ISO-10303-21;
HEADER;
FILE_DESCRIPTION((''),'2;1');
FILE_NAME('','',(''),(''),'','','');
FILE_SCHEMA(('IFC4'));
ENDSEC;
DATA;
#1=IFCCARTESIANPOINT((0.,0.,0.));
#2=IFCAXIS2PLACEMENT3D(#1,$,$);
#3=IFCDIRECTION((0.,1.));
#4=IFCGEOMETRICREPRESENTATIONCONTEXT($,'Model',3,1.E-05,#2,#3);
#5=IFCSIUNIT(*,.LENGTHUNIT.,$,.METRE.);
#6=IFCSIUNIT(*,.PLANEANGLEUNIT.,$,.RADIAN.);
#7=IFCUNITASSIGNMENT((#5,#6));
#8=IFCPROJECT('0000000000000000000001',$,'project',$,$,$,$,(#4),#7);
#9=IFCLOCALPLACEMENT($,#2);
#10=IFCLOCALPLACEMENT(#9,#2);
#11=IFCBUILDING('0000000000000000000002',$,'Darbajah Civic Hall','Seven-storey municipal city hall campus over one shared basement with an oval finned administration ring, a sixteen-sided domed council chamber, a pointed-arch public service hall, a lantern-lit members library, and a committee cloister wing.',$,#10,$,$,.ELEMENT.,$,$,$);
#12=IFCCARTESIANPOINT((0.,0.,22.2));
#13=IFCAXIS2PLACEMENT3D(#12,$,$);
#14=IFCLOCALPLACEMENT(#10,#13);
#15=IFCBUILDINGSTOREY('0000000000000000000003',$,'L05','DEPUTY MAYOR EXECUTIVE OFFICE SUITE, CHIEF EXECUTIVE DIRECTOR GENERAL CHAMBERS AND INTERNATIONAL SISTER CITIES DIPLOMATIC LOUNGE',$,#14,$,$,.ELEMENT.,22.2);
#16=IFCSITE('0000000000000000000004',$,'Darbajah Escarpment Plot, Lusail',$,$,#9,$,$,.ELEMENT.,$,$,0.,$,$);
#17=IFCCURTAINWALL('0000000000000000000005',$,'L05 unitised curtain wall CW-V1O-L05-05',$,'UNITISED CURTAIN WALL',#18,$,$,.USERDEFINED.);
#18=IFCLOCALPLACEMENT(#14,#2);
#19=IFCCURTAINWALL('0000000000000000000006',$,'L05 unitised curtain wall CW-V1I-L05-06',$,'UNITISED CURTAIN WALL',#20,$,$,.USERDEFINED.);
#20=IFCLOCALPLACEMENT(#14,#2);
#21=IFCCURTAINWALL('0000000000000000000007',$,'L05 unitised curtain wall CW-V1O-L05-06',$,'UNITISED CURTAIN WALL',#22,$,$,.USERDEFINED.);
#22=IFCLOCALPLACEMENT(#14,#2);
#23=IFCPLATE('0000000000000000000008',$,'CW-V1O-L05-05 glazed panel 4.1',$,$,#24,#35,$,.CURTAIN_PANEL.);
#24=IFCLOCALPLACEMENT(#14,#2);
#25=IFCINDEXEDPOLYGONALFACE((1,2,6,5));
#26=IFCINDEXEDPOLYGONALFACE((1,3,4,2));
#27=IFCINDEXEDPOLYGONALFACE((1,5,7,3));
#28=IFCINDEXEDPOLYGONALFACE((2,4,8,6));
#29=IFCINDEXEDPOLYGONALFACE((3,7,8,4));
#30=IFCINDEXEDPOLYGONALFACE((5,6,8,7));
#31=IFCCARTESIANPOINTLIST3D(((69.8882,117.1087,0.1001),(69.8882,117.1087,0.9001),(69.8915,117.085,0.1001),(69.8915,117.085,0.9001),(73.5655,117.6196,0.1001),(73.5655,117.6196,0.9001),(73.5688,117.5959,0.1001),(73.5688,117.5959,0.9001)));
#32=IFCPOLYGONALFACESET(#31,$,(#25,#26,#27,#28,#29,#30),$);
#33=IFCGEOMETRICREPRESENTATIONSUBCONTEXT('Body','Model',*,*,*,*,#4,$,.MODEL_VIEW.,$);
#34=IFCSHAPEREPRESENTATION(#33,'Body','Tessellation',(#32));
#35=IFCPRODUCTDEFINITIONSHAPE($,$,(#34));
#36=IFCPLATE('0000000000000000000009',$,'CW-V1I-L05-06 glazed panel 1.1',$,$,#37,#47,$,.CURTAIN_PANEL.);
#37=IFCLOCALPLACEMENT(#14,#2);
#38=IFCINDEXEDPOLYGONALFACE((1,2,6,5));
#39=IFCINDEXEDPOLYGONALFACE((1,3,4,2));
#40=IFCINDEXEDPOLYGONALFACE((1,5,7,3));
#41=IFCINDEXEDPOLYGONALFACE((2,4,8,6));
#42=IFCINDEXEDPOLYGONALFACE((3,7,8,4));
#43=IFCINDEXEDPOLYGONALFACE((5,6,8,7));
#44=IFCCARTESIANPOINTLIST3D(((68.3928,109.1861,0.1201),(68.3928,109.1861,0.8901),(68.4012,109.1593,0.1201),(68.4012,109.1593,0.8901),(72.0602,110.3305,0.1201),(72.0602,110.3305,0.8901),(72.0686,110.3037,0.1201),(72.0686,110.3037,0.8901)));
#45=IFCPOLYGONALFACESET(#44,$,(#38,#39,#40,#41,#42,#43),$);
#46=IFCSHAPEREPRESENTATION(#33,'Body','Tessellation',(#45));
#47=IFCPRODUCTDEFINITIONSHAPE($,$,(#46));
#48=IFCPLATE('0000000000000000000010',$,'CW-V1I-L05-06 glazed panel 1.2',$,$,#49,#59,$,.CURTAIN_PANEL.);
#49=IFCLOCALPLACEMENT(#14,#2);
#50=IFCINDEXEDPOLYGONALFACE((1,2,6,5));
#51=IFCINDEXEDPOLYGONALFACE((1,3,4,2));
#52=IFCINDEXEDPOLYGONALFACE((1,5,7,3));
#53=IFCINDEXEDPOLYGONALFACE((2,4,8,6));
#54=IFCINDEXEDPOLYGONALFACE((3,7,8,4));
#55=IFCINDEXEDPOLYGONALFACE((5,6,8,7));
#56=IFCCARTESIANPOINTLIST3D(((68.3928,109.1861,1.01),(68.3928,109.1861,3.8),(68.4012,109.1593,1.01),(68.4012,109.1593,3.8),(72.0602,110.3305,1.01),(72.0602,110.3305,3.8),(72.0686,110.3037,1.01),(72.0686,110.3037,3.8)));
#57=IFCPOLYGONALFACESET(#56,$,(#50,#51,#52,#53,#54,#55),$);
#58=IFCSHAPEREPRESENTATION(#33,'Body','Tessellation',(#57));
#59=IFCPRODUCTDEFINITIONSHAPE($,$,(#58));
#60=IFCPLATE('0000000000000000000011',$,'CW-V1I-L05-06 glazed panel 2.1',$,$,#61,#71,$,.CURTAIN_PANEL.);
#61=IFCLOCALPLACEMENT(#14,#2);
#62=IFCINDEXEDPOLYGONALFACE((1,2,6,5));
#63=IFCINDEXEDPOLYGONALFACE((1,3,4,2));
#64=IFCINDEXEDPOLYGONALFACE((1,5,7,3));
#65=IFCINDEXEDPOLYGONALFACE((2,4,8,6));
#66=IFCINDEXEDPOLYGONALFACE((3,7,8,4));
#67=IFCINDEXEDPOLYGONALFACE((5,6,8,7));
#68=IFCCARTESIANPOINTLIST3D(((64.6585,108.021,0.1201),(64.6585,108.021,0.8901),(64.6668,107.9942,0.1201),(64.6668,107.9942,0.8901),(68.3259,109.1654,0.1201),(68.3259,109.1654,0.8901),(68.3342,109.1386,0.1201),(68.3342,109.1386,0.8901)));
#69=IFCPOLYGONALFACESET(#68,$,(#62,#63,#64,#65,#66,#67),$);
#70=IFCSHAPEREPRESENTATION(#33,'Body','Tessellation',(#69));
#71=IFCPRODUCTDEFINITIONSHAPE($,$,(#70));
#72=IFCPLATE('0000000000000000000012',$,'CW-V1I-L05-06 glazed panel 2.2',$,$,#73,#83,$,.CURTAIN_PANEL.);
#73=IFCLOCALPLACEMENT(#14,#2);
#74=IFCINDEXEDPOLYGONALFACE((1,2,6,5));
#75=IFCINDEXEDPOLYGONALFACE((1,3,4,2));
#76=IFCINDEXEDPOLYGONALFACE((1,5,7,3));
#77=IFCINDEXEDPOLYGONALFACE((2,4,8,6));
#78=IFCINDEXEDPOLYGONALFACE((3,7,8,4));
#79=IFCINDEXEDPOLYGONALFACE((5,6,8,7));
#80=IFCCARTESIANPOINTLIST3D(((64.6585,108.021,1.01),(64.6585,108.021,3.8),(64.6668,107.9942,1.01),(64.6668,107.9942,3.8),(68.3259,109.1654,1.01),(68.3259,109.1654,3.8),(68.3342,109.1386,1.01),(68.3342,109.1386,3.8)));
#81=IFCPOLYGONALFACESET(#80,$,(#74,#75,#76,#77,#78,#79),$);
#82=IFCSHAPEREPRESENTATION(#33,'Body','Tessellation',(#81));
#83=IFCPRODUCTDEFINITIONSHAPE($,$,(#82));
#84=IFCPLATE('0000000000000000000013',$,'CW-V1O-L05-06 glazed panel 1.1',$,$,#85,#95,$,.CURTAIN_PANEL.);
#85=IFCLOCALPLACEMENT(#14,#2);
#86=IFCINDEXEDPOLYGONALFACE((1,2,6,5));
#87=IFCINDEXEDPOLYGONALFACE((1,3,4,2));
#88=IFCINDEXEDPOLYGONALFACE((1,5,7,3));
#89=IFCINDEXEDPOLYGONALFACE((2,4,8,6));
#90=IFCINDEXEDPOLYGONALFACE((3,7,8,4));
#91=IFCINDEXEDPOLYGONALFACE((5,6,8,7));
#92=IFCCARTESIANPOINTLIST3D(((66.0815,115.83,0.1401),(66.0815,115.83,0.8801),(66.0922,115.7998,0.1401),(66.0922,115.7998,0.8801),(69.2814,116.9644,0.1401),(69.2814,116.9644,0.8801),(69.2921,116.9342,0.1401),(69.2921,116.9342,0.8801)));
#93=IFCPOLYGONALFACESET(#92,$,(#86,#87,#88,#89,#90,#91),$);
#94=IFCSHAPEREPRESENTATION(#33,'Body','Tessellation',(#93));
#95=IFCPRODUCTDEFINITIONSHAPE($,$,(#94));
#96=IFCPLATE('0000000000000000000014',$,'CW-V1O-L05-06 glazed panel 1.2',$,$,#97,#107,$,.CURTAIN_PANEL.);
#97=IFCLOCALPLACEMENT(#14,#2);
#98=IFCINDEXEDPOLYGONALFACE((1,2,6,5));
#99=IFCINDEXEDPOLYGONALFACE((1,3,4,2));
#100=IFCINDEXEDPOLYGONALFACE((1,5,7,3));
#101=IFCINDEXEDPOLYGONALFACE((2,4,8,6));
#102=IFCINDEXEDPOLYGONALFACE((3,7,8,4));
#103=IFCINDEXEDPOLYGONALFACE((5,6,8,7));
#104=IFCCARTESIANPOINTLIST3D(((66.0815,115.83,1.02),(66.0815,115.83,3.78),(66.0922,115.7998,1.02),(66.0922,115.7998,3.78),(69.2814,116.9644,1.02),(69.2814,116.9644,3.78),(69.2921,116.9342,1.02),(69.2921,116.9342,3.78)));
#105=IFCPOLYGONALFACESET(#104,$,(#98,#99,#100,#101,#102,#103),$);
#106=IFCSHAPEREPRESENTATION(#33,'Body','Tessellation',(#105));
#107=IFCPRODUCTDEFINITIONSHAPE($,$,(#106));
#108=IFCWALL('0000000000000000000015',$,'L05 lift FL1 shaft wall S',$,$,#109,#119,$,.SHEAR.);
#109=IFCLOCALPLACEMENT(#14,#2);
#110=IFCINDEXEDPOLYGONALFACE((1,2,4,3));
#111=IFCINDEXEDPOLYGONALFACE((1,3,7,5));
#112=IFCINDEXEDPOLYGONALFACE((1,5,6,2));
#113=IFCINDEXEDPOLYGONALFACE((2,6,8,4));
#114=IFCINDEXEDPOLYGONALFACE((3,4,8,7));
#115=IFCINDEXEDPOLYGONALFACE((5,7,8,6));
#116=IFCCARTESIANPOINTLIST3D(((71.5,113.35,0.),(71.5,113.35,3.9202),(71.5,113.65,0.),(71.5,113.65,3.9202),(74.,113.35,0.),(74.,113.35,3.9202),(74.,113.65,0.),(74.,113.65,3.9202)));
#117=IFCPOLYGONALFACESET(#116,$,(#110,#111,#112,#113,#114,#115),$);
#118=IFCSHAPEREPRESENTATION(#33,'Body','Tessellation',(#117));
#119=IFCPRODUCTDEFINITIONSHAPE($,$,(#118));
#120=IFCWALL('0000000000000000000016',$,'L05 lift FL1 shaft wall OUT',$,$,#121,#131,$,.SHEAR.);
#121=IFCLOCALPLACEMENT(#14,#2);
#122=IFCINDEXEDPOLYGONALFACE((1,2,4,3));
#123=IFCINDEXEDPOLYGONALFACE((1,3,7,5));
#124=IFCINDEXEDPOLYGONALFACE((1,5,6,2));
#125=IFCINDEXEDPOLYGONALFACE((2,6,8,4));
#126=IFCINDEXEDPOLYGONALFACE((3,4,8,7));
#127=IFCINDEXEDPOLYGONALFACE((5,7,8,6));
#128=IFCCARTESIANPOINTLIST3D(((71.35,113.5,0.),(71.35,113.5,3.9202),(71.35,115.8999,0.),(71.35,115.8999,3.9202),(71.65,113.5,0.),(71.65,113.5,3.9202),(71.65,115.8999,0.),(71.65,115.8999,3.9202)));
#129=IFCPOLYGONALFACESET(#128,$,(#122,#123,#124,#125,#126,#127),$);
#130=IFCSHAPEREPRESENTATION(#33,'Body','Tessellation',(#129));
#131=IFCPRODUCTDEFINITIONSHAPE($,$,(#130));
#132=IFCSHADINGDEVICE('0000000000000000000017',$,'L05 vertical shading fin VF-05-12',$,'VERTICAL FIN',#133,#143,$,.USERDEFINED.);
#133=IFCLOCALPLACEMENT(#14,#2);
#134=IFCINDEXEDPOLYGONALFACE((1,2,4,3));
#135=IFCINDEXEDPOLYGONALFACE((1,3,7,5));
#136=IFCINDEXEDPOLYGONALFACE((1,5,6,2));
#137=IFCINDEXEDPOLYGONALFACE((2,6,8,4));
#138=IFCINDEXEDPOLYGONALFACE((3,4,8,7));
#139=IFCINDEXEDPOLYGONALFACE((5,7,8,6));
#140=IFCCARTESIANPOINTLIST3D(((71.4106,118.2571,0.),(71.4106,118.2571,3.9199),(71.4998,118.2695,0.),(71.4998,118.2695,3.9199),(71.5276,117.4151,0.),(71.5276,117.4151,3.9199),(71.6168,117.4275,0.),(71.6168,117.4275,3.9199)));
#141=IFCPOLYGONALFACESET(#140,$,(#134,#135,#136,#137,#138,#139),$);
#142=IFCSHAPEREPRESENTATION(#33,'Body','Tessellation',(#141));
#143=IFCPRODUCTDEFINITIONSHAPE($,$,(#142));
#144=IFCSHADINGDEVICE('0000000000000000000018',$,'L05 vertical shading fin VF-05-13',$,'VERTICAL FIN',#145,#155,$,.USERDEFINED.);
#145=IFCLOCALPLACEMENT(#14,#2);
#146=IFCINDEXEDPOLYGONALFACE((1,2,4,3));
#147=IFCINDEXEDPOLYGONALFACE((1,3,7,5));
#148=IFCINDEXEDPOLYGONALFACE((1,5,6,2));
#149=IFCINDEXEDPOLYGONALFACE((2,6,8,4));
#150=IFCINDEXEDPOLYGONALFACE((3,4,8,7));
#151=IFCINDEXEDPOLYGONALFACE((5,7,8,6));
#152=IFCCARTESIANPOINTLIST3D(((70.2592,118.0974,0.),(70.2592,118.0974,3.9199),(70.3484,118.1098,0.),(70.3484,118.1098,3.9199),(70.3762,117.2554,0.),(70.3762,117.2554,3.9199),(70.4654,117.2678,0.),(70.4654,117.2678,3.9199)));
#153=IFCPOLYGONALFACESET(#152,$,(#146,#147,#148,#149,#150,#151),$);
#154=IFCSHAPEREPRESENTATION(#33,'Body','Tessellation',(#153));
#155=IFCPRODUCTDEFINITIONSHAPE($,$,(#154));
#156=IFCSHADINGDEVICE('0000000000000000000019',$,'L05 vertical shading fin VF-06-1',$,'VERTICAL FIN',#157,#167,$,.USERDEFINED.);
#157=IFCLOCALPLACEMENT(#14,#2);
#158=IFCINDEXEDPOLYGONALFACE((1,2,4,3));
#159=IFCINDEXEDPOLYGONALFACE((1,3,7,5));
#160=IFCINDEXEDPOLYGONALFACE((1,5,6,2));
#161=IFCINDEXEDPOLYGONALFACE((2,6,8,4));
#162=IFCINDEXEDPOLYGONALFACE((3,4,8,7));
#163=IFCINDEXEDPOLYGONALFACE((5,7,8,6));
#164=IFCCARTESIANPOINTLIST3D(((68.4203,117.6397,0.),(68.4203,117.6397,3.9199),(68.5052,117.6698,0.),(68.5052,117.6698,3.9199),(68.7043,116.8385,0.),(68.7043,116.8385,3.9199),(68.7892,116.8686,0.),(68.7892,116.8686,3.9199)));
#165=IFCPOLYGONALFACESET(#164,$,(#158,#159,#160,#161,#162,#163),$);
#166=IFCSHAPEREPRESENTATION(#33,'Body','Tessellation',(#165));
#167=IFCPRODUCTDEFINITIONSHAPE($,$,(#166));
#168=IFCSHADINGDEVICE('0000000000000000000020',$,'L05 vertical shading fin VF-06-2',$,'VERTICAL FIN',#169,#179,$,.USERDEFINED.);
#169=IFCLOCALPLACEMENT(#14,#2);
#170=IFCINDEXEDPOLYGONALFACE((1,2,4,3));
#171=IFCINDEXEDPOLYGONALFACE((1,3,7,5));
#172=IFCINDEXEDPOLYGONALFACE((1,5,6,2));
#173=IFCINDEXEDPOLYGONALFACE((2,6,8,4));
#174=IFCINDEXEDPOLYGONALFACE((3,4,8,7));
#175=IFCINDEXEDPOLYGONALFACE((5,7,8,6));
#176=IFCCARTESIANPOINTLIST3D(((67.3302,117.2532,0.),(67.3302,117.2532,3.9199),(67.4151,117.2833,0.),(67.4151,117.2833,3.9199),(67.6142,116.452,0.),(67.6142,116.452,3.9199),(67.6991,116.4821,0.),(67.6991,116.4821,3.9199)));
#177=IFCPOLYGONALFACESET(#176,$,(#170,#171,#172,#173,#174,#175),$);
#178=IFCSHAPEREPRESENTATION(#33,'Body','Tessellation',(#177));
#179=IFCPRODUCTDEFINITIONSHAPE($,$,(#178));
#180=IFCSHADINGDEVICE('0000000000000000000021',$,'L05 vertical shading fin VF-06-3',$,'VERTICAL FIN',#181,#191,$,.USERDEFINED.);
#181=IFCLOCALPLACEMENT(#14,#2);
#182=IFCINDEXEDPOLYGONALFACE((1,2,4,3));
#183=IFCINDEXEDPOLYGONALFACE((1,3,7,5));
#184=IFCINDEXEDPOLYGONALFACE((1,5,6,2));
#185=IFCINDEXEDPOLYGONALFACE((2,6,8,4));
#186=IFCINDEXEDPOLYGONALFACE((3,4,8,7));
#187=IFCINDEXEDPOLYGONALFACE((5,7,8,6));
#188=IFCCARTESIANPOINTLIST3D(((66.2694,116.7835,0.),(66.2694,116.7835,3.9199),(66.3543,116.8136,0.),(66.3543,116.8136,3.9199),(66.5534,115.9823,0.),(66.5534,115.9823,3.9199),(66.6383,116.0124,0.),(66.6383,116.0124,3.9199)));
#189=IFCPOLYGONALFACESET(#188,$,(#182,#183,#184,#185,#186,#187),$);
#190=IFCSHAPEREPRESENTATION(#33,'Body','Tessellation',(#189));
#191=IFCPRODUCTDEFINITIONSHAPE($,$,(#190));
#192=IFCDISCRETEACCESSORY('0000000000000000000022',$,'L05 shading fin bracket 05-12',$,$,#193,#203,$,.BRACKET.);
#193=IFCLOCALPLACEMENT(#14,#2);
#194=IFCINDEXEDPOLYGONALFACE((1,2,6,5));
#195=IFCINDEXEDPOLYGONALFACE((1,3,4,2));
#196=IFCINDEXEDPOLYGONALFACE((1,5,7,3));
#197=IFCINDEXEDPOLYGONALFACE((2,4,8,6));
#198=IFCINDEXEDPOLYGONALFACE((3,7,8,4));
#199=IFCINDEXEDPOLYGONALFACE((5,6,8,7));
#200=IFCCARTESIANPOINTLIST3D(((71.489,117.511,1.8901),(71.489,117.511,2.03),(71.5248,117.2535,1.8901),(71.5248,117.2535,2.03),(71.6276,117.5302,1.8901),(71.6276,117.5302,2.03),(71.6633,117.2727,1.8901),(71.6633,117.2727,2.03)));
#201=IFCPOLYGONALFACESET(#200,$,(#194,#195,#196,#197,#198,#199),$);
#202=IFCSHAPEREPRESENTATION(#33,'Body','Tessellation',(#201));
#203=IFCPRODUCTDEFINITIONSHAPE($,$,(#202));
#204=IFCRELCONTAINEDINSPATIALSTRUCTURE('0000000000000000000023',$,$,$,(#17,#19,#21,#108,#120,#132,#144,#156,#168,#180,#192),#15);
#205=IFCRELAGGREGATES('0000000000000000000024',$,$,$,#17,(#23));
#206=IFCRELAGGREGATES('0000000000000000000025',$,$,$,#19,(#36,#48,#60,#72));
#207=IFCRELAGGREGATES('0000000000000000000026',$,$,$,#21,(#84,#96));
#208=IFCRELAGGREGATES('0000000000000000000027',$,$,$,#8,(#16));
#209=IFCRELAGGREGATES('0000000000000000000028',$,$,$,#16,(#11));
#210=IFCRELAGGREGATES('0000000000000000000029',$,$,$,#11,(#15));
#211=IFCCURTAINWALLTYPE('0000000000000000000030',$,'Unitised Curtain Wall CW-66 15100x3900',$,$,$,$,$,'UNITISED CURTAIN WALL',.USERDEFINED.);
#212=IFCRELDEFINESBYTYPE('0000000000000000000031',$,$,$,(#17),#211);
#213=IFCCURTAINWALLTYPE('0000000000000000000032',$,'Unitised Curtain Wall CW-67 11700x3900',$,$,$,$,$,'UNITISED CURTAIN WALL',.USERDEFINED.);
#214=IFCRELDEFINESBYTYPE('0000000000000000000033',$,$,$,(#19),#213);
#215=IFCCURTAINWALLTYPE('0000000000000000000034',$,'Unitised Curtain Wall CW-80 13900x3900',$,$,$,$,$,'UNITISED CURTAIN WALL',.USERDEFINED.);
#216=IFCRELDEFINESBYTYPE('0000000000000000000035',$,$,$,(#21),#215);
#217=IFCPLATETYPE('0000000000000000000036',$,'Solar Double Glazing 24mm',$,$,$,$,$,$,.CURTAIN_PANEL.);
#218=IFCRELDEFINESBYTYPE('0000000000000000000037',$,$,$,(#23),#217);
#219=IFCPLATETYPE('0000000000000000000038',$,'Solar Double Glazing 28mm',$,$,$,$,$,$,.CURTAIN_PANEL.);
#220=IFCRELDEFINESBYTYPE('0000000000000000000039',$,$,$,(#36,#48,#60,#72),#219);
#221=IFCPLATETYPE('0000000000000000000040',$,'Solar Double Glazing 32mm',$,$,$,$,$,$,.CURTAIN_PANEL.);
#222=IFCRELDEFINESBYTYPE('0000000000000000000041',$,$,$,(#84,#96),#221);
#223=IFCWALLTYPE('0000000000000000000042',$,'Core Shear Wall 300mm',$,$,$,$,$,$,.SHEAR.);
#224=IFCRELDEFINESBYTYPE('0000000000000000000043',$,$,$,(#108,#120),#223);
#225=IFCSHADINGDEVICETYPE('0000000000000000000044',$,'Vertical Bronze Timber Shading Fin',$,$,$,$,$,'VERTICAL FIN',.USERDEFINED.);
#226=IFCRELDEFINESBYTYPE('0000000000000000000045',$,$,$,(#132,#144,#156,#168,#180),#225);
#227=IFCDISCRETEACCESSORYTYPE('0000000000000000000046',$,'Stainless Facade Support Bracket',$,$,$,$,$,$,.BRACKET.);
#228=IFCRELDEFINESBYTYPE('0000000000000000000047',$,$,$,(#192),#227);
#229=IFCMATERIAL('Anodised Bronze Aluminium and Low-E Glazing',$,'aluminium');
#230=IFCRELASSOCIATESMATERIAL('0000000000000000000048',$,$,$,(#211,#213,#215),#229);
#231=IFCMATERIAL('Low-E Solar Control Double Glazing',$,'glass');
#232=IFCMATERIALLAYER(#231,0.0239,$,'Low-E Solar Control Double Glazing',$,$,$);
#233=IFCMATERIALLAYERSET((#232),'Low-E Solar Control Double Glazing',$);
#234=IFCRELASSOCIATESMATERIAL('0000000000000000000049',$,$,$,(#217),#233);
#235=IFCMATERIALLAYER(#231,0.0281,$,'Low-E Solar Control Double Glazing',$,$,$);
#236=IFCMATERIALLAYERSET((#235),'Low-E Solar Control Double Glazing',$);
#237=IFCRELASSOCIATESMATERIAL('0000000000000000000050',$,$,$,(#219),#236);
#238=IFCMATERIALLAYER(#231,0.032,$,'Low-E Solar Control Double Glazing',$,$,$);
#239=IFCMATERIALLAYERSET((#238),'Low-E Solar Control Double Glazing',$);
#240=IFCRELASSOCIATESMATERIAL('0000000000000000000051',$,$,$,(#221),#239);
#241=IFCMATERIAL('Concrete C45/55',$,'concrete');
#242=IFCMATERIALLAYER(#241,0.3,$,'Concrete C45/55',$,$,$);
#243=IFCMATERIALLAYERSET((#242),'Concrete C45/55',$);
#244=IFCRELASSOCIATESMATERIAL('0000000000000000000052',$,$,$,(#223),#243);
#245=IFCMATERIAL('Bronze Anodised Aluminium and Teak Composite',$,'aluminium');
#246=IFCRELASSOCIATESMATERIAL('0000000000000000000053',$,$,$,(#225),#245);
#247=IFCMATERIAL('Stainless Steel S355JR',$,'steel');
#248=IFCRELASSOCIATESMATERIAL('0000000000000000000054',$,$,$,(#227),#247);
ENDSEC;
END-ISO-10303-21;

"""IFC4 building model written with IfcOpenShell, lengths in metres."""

from ifc_helpers import new_model, si_unit, direction, frame, frame_2d, origin, origin_2d, place, context, subcontext, project, spatial, rectangle, extrude, material, layer, layer_set, type_object, element, aggregate, save


model = new_model("IFC4")

# Units and contexts
model_context = context("Model", 3, precision=1e-05, world=origin(), true_north=direction((0.0, 1.0)))
body_context = subcontext(model_context, "Body", "Model", "MODEL_VIEW")
ifc_project = project(units=[si_unit("LENGTHUNIT", "METRE"), si_unit("PLANEANGLEUNIT", "RADIAN")], contexts=[model_context])

# Site, building, storey
site_placement = place(None, origin())
site = spatial("IfcSite", under=ifc_project, at=site_placement, Name="Darbajah Escarpment Plot, Lusail", CompositionType="ELEMENT", RefElevation=0.0)
building_placement = place(site_placement, origin())
building = spatial("IfcBuilding", under=site, at=building_placement, Name="Darbajah Civic Hall", Description="Seven-storey municipal city hall campus over one shared basement with an oval finned administration ring, a sixteen-sided domed council chamber, a pointed-arch public service hall, a lantern-lit members library, and a committee cloister wing.", CompositionType="ELEMENT")
storey_placement = place(building_placement, frame((0.0, 0.0, 22.2)))
storey = spatial("IfcBuildingStorey", under=building, at=storey_placement, Name="L05", Description="DEPUTY MAYOR EXECUTIVE OFFICE SUITE, CHIEF EXECUTIVE DIRECTOR GENERAL CHAMBERS AND INTERNATIONAL SISTER CITIES DIPLOMATIC LOUNGE", CompositionType="ELEMENT", Elevation=22.2)

# Shared definitions
ifc_material_1 = material(Name="Concrete C45/55", Category="concrete")

# Curtain walls
ifc_material_2 = material(Name="Anodised Bronze Aluminium and Low-E Glazing", Category="aluminium")
curtain_wall_type_1 = type_object("IfcCurtainWallType", Name="Unitised Curtain Wall CW-66 15100x3900", ElementType="UNITISED CURTAIN WALL", PredefinedType="USERDEFINED", material=ifc_material_2)
curtain_wall_1_placement = place(storey_placement, origin())
curtain_wall_1 = element("IfcCurtainWall", 1, at=curtain_wall_1_placement, inside=storey, type_object=curtain_wall_type_1, Name="L05 unitised curtain wall CW-V1O-L05-05", ObjectType="UNITISED CURTAIN WALL", PredefinedType="USERDEFINED")
curtain_wall_type_2 = type_object("IfcCurtainWallType", Name="Unitised Curtain Wall CW-67 11700x3900", ElementType="UNITISED CURTAIN WALL", PredefinedType="USERDEFINED", material=ifc_material_2)
curtain_wall_2_placement = place(storey_placement, origin())
curtain_wall_2 = element("IfcCurtainWall", 2, at=curtain_wall_2_placement, inside=storey, type_object=curtain_wall_type_2, Name="L05 unitised curtain wall CW-V1I-L05-06", ObjectType="UNITISED CURTAIN WALL", PredefinedType="USERDEFINED")

# Curtain wall
curtain_wall_type_3 = type_object("IfcCurtainWallType", Name="Unitised Curtain Wall CW-80 13900x3900", ElementType="UNITISED CURTAIN WALL", PredefinedType="USERDEFINED", material=ifc_material_2)
curtain_wall_3_placement = place(storey_placement, origin())
curtain_wall_3 = element("IfcCurtainWall", 3, at=curtain_wall_3_placement, inside=storey, type_object=curtain_wall_type_3, Name="L05 unitised curtain wall CW-V1O-L05-06", ObjectType="UNITISED CURTAIN WALL", PredefinedType="USERDEFINED")

# Plates
ifc_material_3 = material(Name="Low-E Solar Control Double Glazing", Category="glass")
ifc_layer_1 = layer(ifc_material_3, 0.0239, Name="Low-E Solar Control Double Glazing")
ifc_layer_set_1 = layer_set([ifc_layer_1], Name="Low-E Solar Control Double Glazing")
plate_type_1 = type_object("IfcPlateType", Name="Solar Double Glazing 24mm", PredefinedType="CURTAIN_PANEL", material=ifc_layer_set_1)
plate_1_placement = place(storey_placement, frame((71.7285, 117.3523, 0.1001), z_axis=(0.0, 0.0, 1.0), x_axis=(-0.990485, -0.137617, 0.0)))
plate_1 = element("IfcPlate", 4, at=plate_1_placement, type_object=plate_type_1, Name="CW-V1O-L05-05 glazed panel 4.1", PredefinedType="CURTAIN_PANEL", context=body_context, shape_type="SweptSolid", body=[
    extrude(rectangle(XDim=3.7126, YDim=0.0239, at=origin_2d()), origin(), (0.0, 0.0, 1.0), 0.8),
])
aggregate(curtain_wall_1, [plate_1])
ifc_layer_2 = layer(ifc_material_3, 0.0281, Name="Low-E Solar Control Double Glazing")
ifc_layer_set_2 = layer_set([ifc_layer_2], Name="Low-E Solar Control Double Glazing")
plate_type_2 = type_object("IfcPlateType", Name="Solar Double Glazing 28mm", PredefinedType="CURTAIN_PANEL", material=ifc_layer_set_2)
plate_2_placement = place(storey_placement, frame((70.2307, 109.7449, 0.1201), z_axis=(0.0, 0.0, 1.0), x_axis=(-0.954605, -0.297875, 0.0)))
plate_2 = element("IfcPlate", 5, at=plate_2_placement, type_object=plate_type_2, Name="CW-V1I-L05-06 glazed panel 1.1", PredefinedType="CURTAIN_PANEL", context=body_context, shape_type="SweptSolid", body=[
    extrude(rectangle(XDim=3.8418, YDim=0.0281, at=origin_2d()), origin(), (0.0, 0.0, 1.0), 0.77),
])
plate_3_placement = place(storey_placement, frame((70.2307, 109.7449, 1.01), z_axis=(0.0, 0.0, 1.0), x_axis=(-0.954605, -0.297875, 0.0)))
plate_3 = element("IfcPlate", 6, at=plate_3_placement, type_object=plate_type_2, Name="CW-V1I-L05-06 glazed panel 1.2", PredefinedType="CURTAIN_PANEL", context=body_context, shape_type="SweptSolid", body=[
    extrude(rectangle(XDim=3.8418, YDim=0.0281, at=origin_2d()), origin(), (0.0, 0.0, 1.0), 2.79),
])
plate_4_placement = place(storey_placement, frame((66.4963, 108.5798, 0.1201), z_axis=(0.0, 0.0, 1.0), x_axis=(-0.954605, -0.297875, 0.0)))
plate_4 = element("IfcPlate", 7, at=plate_4_placement, type_object=plate_type_2, Name="CW-V1I-L05-06 glazed panel 2.1", PredefinedType="CURTAIN_PANEL", context=body_context, shape_type="SweptSolid", body=[
    extrude(rectangle(XDim=3.8418, YDim=0.0281, at=origin_2d()), origin(), (0.0, 0.0, 1.0), 0.77),
])
plate_5_placement = place(storey_placement, frame((66.4963, 108.5798, 1.01), z_axis=(0.0, 0.0, 1.0), x_axis=(-0.954605, -0.297875, 0.0)))
plate_5 = element("IfcPlate", 8, at=plate_5_placement, type_object=plate_type_2, Name="CW-V1I-L05-06 glazed panel 2.2", PredefinedType="CURTAIN_PANEL", context=body_context, shape_type="SweptSolid", body=[
    extrude(rectangle(XDim=3.8418, YDim=0.0281, at=origin_2d()), origin(), (0.0, 0.0, 1.0), 2.79),
])
aggregate(curtain_wall_2, [plate_2, plate_3, plate_4, plate_5])
ifc_layer_3 = layer(ifc_material_3, 0.032, Name="Low-E Solar Control Double Glazing")
ifc_layer_set_3 = layer_set([ifc_layer_3], Name="Low-E Solar Control Double Glazing")
plate_type_3 = type_object("IfcPlateType", Name="Solar Double Glazing 32mm", PredefinedType="CURTAIN_PANEL", material=ifc_layer_set_3)
plate_6_placement = place(storey_placement, frame((67.6868, 116.3821, 0.1401), z_axis=(0.0, 0.0, 1.0), x_axis=(-0.942525, -0.334136, 0.0)))
plate_6 = element("IfcPlate", 9, at=plate_6_placement, type_object=plate_type_3, Name="CW-V1O-L05-06 glazed panel 1.1", PredefinedType="CURTAIN_PANEL", context=body_context, shape_type="SweptSolid", body=[
    extrude(rectangle(XDim=3.395, YDim=0.032, at=origin_2d()), origin(), (0.0, 0.0, 1.0), 0.74),
])
plate_7_placement = place(storey_placement, frame((67.6868, 116.3821, 1.02), z_axis=(0.0, 0.0, 1.0), x_axis=(-0.942525, -0.334136, 0.0)))
plate_7 = element("IfcPlate", 10, at=plate_7_placement, type_object=plate_type_3, Name="CW-V1O-L05-06 glazed panel 1.2", PredefinedType="CURTAIN_PANEL", context=body_context, shape_type="SweptSolid", body=[
    extrude(rectangle(XDim=3.395, YDim=0.032, at=origin_2d()), origin(), (0.0, 0.0, 1.0), 2.76),
])
aggregate(curtain_wall_3, [plate_6, plate_7])

# Walls
ifc_layer_4 = layer(ifc_material_1, 0.3, Name="Concrete C45/55")
ifc_layer_set_4 = layer_set([ifc_layer_4], Name="Concrete C45/55")
wall_type = type_object("IfcWallType", Name="Core Shear Wall 300mm", PredefinedType="SHEAR", material=ifc_layer_set_4)
wall_1_placement = place(storey_placement, frame((71.5, 113.5, 0.0), z_axis=(0.0, 0.0, 1.0), x_axis=(1.0, 0.0, 0.0)))
element("IfcWall", 11, at=wall_1_placement, inside=storey, type_object=wall_type, Name="L05 lift FL1 shaft wall S", PredefinedType="SHEAR", context=body_context, shape_type="SweptSolid", body=[
    extrude(rectangle(XDim=2.5, YDim=0.3, at=frame_2d((1.25, 0.0))), origin(), (0.0, 0.0, 1.0), 3.9202),
])
wall_2_placement = place(storey_placement, frame((71.5, 115.8999, 0.0), z_axis=(0.0, 0.0, 1.0), x_axis=(0.0, -1.0, 0.0)))
element("IfcWall", 12, at=wall_2_placement, inside=storey, type_object=wall_type, Name="L05 lift FL1 shaft wall OUT", PredefinedType="SHEAR", context=body_context, shape_type="SweptSolid", body=[
    extrude(rectangle(XDim=2.3999, YDim=0.3, at=frame_2d((1.2, 0.0))), origin(), (0.0, 0.0, 1.0), 3.9202),
])

# Shading devices
ifc_material_4 = material(Name="Bronze Anodised Aluminium and Teak Composite", Category="aluminium")
shading_device_type = type_object("IfcShadingDeviceType", Name="Vertical Bronze Timber Shading Fin", ElementType="VERTICAL FIN", PredefinedType="USERDEFINED", material=ifc_material_4)
for number, where, z_axis, x_axis, name in (
    (13, (71.5137, 117.8423, 0.0), (0.0, 0.0, 1.0), (-0.137617, 0.990485, 0.0), "L05 vertical shading fin VF-05-12"),
    (14, (70.3623, 117.6826, 0.0), (0.0, 0.0, 1.0), (-0.137617, 0.990485, 0.0), "L05 vertical shading fin VF-05-13"),
    (15, (68.6047, 117.2542, 0.0), (0.0, 0.0, 1.0), (-0.334136, 0.942525, 0.0), "L05 vertical shading fin VF-06-1"),
    (16, (67.5146, 116.8677, 0.0), (0.0, 0.0, 1.0), (-0.334136, 0.942525, 0.0), "L05 vertical shading fin VF-06-2"),
    (17, (66.4539, 116.3979, 0.0), (0.0, 0.0, 1.0), (-0.334136, 0.942525, 0.0), "L05 vertical shading fin VF-06-3"),
):
    element("IfcShadingDevice", number, at=place(storey_placement, frame(where, z_axis=z_axis, x_axis=x_axis)), inside=storey, type_object=shading_device_type, Name=name, ObjectType="VERTICAL FIN", PredefinedType="USERDEFINED", context=body_context, shape_type="SweptSolid", body=[
        extrude(rectangle(XDim=0.8501, YDim=0.0901, at=origin_2d()), origin(), (0.0, 0.0, 1.0), 3.9199),
    ])

# Discrete accessory
ifc_material_5 = material(Name="Stainless Steel S355JR", Category="steel")
discrete_accessory_type = type_object("IfcDiscreteAccessoryType", Name="Stainless Facade Support Bracket", PredefinedType="BRACKET", material=ifc_material_5)
for number, where, z_axis, x_axis, name in (
    (18, (71.5762, 117.3918, 1.8901), (0.0, 0.0, 1.0), (-0.137617, 0.990485, 0.0), "L05 shading fin bracket 05-12"),
):
    element("IfcDiscreteAccessory", number, at=place(storey_placement, frame(where, z_axis=z_axis, x_axis=x_axis)), inside=storey, type_object=discrete_accessory_type, Name=name, PredefinedType="BRACKET", context=body_context, shape_type="SweptSolid", body=[
        extrude(rectangle(XDim=0.26, YDim=0.1399, at=origin_2d()), origin(), (0.0, 0.0, 1.0), 0.1399),
    ])

save(model, "model.ifc")
